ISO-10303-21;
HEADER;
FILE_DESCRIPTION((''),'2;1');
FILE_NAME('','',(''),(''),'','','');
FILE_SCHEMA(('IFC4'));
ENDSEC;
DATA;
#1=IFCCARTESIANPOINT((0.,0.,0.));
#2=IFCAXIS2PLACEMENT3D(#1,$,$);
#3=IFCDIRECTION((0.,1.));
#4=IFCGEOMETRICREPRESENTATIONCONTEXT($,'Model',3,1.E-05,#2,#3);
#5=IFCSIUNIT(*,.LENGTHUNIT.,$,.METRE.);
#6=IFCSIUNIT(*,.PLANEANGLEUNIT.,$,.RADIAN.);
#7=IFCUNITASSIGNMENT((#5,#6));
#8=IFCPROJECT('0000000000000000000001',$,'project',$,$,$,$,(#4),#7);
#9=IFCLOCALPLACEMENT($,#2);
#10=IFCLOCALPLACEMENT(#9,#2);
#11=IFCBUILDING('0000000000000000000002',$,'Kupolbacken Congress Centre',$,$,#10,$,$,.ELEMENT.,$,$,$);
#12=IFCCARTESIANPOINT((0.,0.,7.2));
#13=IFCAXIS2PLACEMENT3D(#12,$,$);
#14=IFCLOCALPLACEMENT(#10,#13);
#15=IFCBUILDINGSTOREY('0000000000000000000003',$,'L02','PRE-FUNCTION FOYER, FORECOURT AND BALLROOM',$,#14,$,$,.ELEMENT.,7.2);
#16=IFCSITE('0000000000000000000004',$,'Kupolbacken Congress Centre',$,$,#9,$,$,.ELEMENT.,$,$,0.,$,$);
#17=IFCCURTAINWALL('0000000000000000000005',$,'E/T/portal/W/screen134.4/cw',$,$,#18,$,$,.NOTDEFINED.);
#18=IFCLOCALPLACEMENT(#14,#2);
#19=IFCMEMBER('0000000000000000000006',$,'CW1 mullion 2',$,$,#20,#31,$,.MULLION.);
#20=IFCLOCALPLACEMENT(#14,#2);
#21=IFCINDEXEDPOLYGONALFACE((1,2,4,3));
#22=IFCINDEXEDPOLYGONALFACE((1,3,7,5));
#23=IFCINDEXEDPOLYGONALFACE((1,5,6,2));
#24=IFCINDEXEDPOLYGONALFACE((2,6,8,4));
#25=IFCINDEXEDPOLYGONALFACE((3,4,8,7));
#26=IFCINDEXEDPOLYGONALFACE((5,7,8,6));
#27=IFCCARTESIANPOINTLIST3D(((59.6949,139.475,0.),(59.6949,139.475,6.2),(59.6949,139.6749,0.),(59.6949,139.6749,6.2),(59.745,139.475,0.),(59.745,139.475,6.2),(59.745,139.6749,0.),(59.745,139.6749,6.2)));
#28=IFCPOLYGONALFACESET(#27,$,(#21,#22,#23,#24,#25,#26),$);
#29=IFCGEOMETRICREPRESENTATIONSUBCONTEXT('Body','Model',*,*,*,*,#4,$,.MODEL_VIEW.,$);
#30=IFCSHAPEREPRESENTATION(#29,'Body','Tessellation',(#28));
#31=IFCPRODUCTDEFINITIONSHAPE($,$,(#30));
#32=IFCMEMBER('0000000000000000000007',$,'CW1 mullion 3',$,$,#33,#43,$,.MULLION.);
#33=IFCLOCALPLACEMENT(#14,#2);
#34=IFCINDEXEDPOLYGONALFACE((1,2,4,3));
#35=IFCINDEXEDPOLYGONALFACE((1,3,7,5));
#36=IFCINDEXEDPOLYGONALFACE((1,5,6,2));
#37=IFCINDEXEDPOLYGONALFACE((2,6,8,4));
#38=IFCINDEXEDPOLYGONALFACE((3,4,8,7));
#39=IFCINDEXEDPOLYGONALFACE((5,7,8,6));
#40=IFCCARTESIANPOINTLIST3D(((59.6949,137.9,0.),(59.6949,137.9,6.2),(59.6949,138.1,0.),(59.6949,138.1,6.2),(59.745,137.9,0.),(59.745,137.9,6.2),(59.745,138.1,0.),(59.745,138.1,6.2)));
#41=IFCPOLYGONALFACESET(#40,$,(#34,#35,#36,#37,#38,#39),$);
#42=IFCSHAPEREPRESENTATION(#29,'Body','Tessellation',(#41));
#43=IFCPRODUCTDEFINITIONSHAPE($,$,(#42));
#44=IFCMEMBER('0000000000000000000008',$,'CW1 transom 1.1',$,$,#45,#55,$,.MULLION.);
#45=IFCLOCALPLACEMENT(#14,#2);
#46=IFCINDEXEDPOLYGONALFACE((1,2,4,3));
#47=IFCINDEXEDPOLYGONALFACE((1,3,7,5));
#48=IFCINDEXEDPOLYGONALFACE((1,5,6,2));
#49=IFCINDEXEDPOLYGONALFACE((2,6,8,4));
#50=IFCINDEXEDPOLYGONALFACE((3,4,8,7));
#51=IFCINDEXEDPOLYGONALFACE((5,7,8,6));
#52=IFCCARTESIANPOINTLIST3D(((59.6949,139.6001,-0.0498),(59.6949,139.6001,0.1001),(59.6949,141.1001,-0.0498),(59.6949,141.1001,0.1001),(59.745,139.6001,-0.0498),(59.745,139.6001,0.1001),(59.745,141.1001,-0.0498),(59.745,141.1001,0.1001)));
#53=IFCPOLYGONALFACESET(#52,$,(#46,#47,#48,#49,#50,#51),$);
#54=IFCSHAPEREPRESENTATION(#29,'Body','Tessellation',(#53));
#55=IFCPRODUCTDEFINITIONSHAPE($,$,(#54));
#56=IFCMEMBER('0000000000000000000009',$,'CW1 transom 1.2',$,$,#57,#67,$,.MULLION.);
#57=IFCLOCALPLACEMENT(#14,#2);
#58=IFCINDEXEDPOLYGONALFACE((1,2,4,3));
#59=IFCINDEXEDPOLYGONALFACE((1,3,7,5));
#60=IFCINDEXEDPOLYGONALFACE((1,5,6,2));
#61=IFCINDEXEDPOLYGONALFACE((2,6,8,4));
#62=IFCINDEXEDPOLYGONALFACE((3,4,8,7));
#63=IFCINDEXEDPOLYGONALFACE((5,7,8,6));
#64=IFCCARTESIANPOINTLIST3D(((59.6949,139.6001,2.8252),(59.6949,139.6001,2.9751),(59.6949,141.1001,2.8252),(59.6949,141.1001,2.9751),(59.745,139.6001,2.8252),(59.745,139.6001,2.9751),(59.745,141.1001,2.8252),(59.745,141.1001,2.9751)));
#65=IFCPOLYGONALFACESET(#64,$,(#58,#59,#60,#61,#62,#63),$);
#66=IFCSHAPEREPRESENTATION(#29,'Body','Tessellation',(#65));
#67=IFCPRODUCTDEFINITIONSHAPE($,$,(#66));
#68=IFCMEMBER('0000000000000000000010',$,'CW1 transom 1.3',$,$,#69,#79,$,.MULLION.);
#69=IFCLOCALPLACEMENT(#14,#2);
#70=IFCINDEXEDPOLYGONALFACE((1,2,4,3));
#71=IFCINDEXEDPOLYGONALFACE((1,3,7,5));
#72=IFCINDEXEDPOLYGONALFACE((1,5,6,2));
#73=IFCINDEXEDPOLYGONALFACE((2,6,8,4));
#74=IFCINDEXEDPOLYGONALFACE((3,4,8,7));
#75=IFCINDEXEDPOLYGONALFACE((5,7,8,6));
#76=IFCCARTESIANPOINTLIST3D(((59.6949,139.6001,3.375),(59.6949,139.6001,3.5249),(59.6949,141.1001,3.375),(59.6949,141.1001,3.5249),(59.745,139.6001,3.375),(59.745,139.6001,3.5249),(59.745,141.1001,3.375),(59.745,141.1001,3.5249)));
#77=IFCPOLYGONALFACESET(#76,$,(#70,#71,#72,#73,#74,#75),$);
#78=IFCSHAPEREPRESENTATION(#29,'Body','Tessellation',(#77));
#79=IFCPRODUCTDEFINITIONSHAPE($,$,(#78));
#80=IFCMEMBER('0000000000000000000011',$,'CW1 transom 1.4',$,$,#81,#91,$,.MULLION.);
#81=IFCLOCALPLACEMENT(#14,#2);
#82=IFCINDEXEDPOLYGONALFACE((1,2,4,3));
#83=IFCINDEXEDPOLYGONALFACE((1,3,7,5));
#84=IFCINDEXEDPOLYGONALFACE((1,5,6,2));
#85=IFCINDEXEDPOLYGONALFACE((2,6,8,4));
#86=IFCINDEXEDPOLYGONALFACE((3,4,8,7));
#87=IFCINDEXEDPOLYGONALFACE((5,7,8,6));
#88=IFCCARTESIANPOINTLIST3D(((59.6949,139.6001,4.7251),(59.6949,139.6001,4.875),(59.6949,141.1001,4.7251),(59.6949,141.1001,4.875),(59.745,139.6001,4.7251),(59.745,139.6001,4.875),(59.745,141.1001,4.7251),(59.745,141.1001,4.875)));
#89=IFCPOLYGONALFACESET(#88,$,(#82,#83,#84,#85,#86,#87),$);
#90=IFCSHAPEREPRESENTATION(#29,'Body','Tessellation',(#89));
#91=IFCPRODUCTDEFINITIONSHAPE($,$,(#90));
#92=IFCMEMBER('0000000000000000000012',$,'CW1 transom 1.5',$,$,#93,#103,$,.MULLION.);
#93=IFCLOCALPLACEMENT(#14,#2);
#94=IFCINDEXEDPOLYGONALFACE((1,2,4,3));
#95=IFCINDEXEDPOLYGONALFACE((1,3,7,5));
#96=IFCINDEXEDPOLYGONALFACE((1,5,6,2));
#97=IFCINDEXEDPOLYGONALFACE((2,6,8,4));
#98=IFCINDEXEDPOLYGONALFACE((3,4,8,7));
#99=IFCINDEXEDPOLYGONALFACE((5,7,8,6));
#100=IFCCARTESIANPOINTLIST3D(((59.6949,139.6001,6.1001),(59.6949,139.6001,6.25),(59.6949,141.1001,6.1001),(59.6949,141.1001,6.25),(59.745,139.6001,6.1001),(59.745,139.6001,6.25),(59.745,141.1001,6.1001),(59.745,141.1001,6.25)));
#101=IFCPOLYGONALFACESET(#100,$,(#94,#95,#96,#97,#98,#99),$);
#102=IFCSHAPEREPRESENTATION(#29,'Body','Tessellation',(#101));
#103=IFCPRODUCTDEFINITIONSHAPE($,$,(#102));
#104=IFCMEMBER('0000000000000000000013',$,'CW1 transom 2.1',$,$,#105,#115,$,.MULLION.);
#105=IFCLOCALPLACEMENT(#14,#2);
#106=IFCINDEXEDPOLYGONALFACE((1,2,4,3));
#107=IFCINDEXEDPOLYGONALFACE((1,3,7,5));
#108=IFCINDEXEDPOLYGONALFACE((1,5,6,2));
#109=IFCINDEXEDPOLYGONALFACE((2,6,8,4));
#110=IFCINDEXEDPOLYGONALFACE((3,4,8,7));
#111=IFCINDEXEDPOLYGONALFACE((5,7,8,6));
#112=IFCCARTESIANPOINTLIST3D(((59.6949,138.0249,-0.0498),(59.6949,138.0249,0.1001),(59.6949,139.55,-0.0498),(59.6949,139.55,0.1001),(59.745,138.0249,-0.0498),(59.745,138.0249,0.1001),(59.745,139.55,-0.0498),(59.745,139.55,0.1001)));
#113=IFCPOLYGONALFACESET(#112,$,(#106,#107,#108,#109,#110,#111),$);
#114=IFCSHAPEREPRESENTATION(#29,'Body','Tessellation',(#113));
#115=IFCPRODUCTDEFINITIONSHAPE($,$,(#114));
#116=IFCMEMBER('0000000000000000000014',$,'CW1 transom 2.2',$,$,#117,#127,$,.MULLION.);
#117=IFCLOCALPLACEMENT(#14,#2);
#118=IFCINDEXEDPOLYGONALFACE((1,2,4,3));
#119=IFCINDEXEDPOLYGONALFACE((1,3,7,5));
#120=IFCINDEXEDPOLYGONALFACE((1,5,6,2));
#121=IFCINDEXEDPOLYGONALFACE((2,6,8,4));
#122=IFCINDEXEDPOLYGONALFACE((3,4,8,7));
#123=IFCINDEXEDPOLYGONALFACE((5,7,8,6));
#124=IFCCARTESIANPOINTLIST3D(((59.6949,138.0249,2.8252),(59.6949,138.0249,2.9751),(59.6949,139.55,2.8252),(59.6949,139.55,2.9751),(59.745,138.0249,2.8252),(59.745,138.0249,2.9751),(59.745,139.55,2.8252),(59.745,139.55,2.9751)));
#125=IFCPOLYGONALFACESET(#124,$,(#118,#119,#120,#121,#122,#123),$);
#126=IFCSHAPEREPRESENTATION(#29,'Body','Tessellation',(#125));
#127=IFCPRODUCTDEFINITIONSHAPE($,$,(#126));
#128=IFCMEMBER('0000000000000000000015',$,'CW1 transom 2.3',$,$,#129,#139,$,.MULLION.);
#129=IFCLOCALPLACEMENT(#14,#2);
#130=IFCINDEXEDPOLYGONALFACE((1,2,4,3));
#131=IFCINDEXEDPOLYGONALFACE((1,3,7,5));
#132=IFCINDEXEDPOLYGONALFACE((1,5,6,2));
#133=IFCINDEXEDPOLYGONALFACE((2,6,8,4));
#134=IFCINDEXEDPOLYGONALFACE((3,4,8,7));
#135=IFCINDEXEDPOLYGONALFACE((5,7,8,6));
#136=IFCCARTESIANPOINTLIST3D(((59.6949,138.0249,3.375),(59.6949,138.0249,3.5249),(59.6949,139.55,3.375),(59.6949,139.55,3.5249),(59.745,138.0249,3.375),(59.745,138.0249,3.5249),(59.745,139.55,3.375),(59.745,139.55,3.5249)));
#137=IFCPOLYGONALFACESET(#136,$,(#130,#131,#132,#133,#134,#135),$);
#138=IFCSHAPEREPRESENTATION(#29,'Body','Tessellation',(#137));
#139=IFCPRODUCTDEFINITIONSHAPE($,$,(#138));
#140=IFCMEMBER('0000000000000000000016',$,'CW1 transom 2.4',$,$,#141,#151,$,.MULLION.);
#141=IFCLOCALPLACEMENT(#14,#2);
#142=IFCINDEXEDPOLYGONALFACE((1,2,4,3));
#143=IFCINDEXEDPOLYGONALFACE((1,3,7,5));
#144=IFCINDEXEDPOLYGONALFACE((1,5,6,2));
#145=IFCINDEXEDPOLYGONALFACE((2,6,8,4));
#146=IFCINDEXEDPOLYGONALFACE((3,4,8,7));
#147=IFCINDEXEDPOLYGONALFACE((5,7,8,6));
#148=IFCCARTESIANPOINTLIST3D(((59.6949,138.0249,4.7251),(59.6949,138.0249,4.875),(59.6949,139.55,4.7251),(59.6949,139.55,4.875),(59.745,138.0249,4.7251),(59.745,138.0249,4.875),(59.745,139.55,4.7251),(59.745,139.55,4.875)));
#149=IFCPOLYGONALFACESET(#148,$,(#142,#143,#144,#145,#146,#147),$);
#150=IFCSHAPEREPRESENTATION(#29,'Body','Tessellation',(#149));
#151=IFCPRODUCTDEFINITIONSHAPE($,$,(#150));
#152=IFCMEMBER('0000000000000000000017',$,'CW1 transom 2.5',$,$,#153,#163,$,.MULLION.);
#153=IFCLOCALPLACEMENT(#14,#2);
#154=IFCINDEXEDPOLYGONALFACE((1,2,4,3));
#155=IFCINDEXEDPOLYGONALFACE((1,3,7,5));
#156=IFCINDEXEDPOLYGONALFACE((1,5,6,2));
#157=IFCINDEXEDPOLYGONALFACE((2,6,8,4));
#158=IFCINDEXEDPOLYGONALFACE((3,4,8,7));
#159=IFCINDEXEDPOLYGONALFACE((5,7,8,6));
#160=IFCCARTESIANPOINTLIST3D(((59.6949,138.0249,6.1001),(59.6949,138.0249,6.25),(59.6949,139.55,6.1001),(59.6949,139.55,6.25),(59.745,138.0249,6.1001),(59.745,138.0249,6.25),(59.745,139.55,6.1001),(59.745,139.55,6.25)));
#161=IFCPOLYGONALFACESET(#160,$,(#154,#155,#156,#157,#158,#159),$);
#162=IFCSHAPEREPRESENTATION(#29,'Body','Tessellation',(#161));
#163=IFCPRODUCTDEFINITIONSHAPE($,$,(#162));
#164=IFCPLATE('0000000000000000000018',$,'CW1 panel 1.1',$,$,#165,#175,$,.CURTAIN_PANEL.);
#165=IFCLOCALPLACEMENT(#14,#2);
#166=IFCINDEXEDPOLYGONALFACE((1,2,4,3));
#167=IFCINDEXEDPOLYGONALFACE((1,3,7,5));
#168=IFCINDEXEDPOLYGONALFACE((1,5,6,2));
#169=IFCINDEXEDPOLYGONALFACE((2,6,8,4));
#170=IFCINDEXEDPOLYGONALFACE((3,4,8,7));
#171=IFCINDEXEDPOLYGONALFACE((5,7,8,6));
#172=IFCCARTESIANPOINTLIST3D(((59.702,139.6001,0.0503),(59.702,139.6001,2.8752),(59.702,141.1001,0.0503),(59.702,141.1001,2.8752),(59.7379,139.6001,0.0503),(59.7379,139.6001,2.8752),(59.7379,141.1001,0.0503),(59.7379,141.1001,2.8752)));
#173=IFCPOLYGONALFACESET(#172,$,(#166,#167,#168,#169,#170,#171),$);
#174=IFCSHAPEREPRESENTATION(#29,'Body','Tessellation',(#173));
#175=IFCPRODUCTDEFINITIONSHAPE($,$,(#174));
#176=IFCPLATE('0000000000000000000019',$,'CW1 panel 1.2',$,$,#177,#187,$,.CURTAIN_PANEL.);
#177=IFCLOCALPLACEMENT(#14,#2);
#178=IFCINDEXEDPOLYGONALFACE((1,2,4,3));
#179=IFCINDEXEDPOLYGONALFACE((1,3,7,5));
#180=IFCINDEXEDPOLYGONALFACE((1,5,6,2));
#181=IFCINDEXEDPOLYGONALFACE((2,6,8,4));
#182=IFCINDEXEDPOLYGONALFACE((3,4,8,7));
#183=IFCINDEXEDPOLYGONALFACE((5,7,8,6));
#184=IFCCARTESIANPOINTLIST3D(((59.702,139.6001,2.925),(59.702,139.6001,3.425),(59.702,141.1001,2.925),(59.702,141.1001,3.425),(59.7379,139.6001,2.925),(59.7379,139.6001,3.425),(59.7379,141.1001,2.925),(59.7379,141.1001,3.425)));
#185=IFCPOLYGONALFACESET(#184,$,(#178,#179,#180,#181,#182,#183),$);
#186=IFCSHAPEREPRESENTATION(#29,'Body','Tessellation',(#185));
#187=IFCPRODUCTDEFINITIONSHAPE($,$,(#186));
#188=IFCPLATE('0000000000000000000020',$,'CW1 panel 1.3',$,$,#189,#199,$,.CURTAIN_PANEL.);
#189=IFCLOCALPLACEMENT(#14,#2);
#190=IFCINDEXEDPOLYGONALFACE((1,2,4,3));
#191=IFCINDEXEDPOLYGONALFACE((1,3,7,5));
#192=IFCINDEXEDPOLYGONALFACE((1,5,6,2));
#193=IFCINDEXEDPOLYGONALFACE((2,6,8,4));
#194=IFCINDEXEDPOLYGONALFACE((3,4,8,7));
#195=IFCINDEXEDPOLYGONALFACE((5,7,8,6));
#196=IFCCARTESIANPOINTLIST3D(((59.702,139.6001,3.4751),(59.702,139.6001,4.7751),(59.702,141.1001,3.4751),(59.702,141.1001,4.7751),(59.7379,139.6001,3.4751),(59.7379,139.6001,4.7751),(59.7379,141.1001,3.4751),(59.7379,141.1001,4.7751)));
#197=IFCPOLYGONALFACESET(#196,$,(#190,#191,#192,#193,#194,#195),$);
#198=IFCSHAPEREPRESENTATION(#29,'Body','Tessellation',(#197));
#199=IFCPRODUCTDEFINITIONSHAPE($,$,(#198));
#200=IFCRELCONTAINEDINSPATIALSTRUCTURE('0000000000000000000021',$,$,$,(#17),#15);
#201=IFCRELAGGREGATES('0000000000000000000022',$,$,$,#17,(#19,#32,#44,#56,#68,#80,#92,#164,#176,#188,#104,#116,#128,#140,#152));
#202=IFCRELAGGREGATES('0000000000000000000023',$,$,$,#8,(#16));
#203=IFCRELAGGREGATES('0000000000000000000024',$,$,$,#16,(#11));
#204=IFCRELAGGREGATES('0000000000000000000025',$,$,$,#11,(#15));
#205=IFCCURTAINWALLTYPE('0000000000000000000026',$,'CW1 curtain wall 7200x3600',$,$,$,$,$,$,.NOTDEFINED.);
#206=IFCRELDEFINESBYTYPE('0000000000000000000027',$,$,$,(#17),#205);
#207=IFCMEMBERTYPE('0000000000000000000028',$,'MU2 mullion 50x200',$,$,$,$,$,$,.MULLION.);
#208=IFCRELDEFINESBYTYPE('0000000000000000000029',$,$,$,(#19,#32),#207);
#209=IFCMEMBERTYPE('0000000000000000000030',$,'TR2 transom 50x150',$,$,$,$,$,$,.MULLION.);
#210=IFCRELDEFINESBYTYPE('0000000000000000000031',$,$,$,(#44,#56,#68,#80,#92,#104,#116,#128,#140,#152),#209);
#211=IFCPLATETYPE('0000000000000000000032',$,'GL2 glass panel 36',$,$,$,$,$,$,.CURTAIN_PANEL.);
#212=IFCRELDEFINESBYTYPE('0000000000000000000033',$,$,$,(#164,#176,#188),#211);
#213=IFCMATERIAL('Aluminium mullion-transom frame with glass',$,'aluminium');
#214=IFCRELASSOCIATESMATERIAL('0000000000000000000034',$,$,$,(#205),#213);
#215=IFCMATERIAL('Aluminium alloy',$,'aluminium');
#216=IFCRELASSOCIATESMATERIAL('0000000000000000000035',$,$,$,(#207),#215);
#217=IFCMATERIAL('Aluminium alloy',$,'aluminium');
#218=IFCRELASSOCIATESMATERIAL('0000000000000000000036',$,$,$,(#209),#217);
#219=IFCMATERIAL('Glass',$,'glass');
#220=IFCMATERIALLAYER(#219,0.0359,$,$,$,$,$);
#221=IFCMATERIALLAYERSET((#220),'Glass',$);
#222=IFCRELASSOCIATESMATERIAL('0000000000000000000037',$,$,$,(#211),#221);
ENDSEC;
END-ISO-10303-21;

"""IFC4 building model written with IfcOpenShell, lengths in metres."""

from ifc_helpers import new_model, si_unit, direction, frame, origin, origin_2d, place, context, subcontext, project, spatial, rectangle, extrude, material, layer, layer_set, material_profile, profile_set, type_object, element, aggregate, save


model = new_model("IFC4")

# Units and contexts
model_context = context("Model", 3, precision=1e-05, world=origin(), true_north=direction((0.0, 1.0)))
body_context = subcontext(model_context, "Body", "Model", "MODEL_VIEW")
ifc_project = project(units=[si_unit("LENGTHUNIT", "METRE"), si_unit("PLANEANGLEUNIT", "RADIAN")], contexts=[model_context])

# Site, building, storey
site_placement = place(None, origin())
site = spatial("IfcSite", under=ifc_project, at=site_placement, Name="Kupolbacken Congress Centre", CompositionType="ELEMENT", RefElevation=0.0)
building_placement = place(site_placement, origin())
building = spatial("IfcBuilding", under=site, at=building_placement, Name="Kupolbacken Congress Centre", CompositionType="ELEMENT")
storey_placement = place(building_placement, frame((0.0, 0.0, 7.2)))
storey = spatial("IfcBuildingStorey", under=building, at=storey_placement, Name="L02", Description="PRE-FUNCTION FOYER, FORECOURT AND BALLROOM", CompositionType="ELEMENT", Elevation=7.2)

# Curtain wall, members, plates
ifc_material_1 = material(Name="Aluminium mullion-transom frame with glass", Category="aluminium")
curtain_wall_type = type_object("IfcCurtainWallType", Name="CW1 curtain wall 7200x3600", PredefinedType="NOTDEFINED", material=ifc_material_1)
curtain_wall_placement = place(storey_placement, origin())
curtain_wall = element("IfcCurtainWall", 1, at=curtain_wall_placement, inside=storey, type_object=curtain_wall_type, Name="E/T/portal/W/screen134.4/cw", PredefinedType="NOTDEFINED")
ifc_material_2 = material(Name="Aluminium alloy", Category="aluminium")
ifc_material_profile_1 = material_profile(ifc_material_2, rectangle(XDim=0.05, YDim=0.2, at=origin_2d()), Name="50 x 200")
ifc_profile_set_1 = profile_set([ifc_material_profile_1], Name="Aluminium alloy")
member_type_1 = type_object("IfcMemberType", Name="MU2 mullion 50x200", PredefinedType="MULLION", material=ifc_profile_set_1)
member_1_placement = place(storey_placement, frame((59.72, 139.575, 0.0), z_axis=(0.0, 0.0, 1.0), x_axis=(1.0, 0.0, 0.0)))
member_1 = element("IfcMember", 2, at=member_1_placement, type_object=member_type_1, Name="CW1 mullion 2", PredefinedType="MULLION", context=body_context, shape_type="SweptSolid", body=[
    extrude(rectangle(XDim=0.05, YDim=0.2, at=origin_2d()), origin(), (0.0, 0.0, 1.0), 6.2),
])
member_2_placement = place(storey_placement, frame((59.72, 138.0, 0.0), z_axis=(0.0, 0.0, 1.0), x_axis=(1.0, 0.0, 0.0)))
member_2 = element("IfcMember", 3, at=member_2_placement, type_object=member_type_1, Name="CW1 mullion 3", PredefinedType="MULLION", context=body_context, shape_type="SweptSolid", body=[
    extrude(rectangle(XDim=0.05, YDim=0.2, at=origin_2d()), origin(), (0.0, 0.0, 1.0), 6.2),
])
ifc_material_3 = material(Name="Aluminium alloy", Category="aluminium")
ifc_material_profile_2 = material_profile(ifc_material_3, rectangle(XDim=0.05, YDim=0.1499, at=origin_2d()), Name="50 x 150")
ifc_profile_set_2 = profile_set([ifc_material_profile_2], Name="Aluminium alloy")
member_type_2 = type_object("IfcMemberType", Name="TR2 transom 50x150", PredefinedType="MULLION", material=ifc_profile_set_2)
member_3_placement = place(storey_placement, frame((59.72, 141.1001, 0.0251), z_axis=(0.0, -1.0, 0.0), x_axis=(1.0, 0.0, 0.0)))
member_3 = element("IfcMember", 4, at=member_3_placement, type_object=member_type_2, Name="CW1 transom 1.1", PredefinedType="MULLION", context=body_context, shape_type="SweptSolid", body=[
    extrude(rectangle(XDim=0.05, YDim=0.1499, at=origin_2d()), origin(), (0.0, 0.0, 1.0), 1.5),
])
member_4_placement = place(storey_placement, frame((59.72, 141.1001, 2.9001), z_axis=(0.0, -1.0, 0.0), x_axis=(1.0, 0.0, 0.0)))
member_4 = element("IfcMember", 5, at=member_4_placement, type_object=member_type_2, Name="CW1 transom 1.2", PredefinedType="MULLION", context=body_context, shape_type="SweptSolid", body=[
    extrude(rectangle(XDim=0.05, YDim=0.1499, at=origin_2d()), origin(), (0.0, 0.0, 1.0), 1.5),
])
member_5_placement = place(storey_placement, frame((59.72, 141.1001, 3.45), z_axis=(0.0, -1.0, 0.0), x_axis=(1.0, 0.0, 0.0)))
member_5 = element("IfcMember", 6, at=member_5_placement, type_object=member_type_2, Name="CW1 transom 1.3", PredefinedType="MULLION", context=body_context, shape_type="SweptSolid", body=[
    extrude(rectangle(XDim=0.05, YDim=0.1499, at=origin_2d()), origin(), (0.0, 0.0, 1.0), 1.5),
])
member_6_placement = place(storey_placement, frame((59.72, 141.1001, 4.8), z_axis=(0.0, -1.0, 0.0), x_axis=(1.0, 0.0, 0.0)))
member_6 = element("IfcMember", 7, at=member_6_placement, type_object=member_type_2, Name="CW1 transom 1.4", PredefinedType="MULLION", context=body_context, shape_type="SweptSolid", body=[
    extrude(rectangle(XDim=0.05, YDim=0.1499, at=origin_2d()), origin(), (0.0, 0.0, 1.0), 1.5),
])
member_7_placement = place(storey_placement, frame((59.72, 141.1001, 6.175), z_axis=(0.0, -1.0, 0.0), x_axis=(1.0, 0.0, 0.0)))
member_7 = element("IfcMember", 8, at=member_7_placement, type_object=member_type_2, Name="CW1 transom 1.5", PredefinedType="MULLION", context=body_context, shape_type="SweptSolid", body=[
    extrude(rectangle(XDim=0.05, YDim=0.1499, at=origin_2d()), origin(), (0.0, 0.0, 1.0), 1.5),
])
member_8_placement = place(storey_placement, frame((59.72, 139.55, 0.0251), z_axis=(0.0, -1.0, 0.0), x_axis=(1.0, 0.0, 0.0)))
member_8 = element("IfcMember", 9, at=member_8_placement, type_object=member_type_2, Name="CW1 transom 2.1", PredefinedType="MULLION", context=body_context, shape_type="SweptSolid", body=[
    extrude(rectangle(XDim=0.05, YDim=0.1499, at=origin_2d()), origin(), (0.0, 0.0, 1.0), 1.5251),
])
member_9_placement = place(storey_placement, frame((59.72, 139.55, 2.9001), z_axis=(0.0, -1.0, 0.0), x_axis=(1.0, 0.0, 0.0)))
member_9 = element("IfcMember", 10, at=member_9_placement, type_object=member_type_2, Name="CW1 transom 2.2", PredefinedType="MULLION", context=body_context, shape_type="SweptSolid", body=[
    extrude(rectangle(XDim=0.05, YDim=0.1499, at=origin_2d()), origin(), (0.0, 0.0, 1.0), 1.5251),
])
member_10_placement = place(storey_placement, frame((59.72, 139.55, 3.45), z_axis=(0.0, -1.0, 0.0), x_axis=(1.0, 0.0, 0.0)))
member_10 = element("IfcMember", 11, at=member_10_placement, type_object=member_type_2, Name="CW1 transom 2.3", PredefinedType="MULLION", context=body_context, shape_type="SweptSolid", body=[
    extrude(rectangle(XDim=0.05, YDim=0.1499, at=origin_2d()), origin(), (0.0, 0.0, 1.0), 1.5251),
])
member_11_placement = place(storey_placement, frame((59.72, 139.55, 4.8), z_axis=(0.0, -1.0, 0.0), x_axis=(1.0, 0.0, 0.0)))
member_11 = element("IfcMember", 12, at=member_11_placement, type_object=member_type_2, Name="CW1 transom 2.4", PredefinedType="MULLION", context=body_context, shape_type="SweptSolid", body=[
    extrude(rectangle(XDim=0.05, YDim=0.1499, at=origin_2d()), origin(), (0.0, 0.0, 1.0), 1.5251),
])
member_12_placement = place(storey_placement, frame((59.72, 139.55, 6.175), z_axis=(0.0, -1.0, 0.0), x_axis=(1.0, 0.0, 0.0)))
member_12 = element("IfcMember", 13, at=member_12_placement, type_object=member_type_2, Name="CW1 transom 2.5", PredefinedType="MULLION", context=body_context, shape_type="SweptSolid", body=[
    extrude(rectangle(XDim=0.05, YDim=0.1499, at=origin_2d()), origin(), (0.0, 0.0, 1.0), 1.5251),
])
ifc_material_4 = material(Name="Glass", Category="glass")
ifc_layer_1 = layer(ifc_material_4, 0.0359)
ifc_layer_set_1 = layer_set([ifc_layer_1], Name="Glass")
plate_type = type_object("IfcPlateType", Name="GL2 glass panel 36", PredefinedType="CURTAIN_PANEL", material=ifc_layer_set_1)
plate_1_placement = place(storey_placement, frame((59.72, 140.3501, 0.0503), z_axis=(0.0, 0.0, 1.0), x_axis=(0.0, -1.0, 0.0)))
plate_1 = element("IfcPlate", 14, at=plate_1_placement, type_object=plate_type, Name="CW1 panel 1.1", PredefinedType="CURTAIN_PANEL", context=body_context, shape_type="SweptSolid", body=[
    extrude(rectangle(XDim=1.5, YDim=0.0359, at=origin_2d()), origin(), (0.0, 0.0, 1.0), 2.825),
])
plate_2_placement = place(storey_placement, frame((59.72, 140.3501, 2.925), z_axis=(0.0, 0.0, 1.0), x_axis=(0.0, -1.0, 0.0)))
plate_2 = element("IfcPlate", 15, at=plate_2_placement, type_object=plate_type, Name="CW1 panel 1.2", PredefinedType="CURTAIN_PANEL", context=body_context, shape_type="SweptSolid", body=[
    extrude(rectangle(XDim=1.5, YDim=0.0359, at=origin_2d()), origin(), (0.0, 0.0, 1.0), 0.5),
])
plate_3_placement = place(storey_placement, frame((59.72, 140.3501, 3.4751), z_axis=(0.0, 0.0, 1.0), x_axis=(0.0, -1.0, 0.0)))
plate_3 = element("IfcPlate", 16, at=plate_3_placement, type_object=plate_type, Name="CW1 panel 1.3", PredefinedType="CURTAIN_PANEL", context=body_context, shape_type="SweptSolid", body=[
    extrude(rectangle(XDim=1.5, YDim=0.0359, at=origin_2d()), origin(), (0.0, 0.0, 1.0), 1.3),
])
aggregate(curtain_wall, [member_1, member_2, member_3, member_4, member_5, member_6, member_7, plate_1, plate_2, plate_3, member_8, member_9, member_10, member_11, member_12])

save(model, "model.ifc")
